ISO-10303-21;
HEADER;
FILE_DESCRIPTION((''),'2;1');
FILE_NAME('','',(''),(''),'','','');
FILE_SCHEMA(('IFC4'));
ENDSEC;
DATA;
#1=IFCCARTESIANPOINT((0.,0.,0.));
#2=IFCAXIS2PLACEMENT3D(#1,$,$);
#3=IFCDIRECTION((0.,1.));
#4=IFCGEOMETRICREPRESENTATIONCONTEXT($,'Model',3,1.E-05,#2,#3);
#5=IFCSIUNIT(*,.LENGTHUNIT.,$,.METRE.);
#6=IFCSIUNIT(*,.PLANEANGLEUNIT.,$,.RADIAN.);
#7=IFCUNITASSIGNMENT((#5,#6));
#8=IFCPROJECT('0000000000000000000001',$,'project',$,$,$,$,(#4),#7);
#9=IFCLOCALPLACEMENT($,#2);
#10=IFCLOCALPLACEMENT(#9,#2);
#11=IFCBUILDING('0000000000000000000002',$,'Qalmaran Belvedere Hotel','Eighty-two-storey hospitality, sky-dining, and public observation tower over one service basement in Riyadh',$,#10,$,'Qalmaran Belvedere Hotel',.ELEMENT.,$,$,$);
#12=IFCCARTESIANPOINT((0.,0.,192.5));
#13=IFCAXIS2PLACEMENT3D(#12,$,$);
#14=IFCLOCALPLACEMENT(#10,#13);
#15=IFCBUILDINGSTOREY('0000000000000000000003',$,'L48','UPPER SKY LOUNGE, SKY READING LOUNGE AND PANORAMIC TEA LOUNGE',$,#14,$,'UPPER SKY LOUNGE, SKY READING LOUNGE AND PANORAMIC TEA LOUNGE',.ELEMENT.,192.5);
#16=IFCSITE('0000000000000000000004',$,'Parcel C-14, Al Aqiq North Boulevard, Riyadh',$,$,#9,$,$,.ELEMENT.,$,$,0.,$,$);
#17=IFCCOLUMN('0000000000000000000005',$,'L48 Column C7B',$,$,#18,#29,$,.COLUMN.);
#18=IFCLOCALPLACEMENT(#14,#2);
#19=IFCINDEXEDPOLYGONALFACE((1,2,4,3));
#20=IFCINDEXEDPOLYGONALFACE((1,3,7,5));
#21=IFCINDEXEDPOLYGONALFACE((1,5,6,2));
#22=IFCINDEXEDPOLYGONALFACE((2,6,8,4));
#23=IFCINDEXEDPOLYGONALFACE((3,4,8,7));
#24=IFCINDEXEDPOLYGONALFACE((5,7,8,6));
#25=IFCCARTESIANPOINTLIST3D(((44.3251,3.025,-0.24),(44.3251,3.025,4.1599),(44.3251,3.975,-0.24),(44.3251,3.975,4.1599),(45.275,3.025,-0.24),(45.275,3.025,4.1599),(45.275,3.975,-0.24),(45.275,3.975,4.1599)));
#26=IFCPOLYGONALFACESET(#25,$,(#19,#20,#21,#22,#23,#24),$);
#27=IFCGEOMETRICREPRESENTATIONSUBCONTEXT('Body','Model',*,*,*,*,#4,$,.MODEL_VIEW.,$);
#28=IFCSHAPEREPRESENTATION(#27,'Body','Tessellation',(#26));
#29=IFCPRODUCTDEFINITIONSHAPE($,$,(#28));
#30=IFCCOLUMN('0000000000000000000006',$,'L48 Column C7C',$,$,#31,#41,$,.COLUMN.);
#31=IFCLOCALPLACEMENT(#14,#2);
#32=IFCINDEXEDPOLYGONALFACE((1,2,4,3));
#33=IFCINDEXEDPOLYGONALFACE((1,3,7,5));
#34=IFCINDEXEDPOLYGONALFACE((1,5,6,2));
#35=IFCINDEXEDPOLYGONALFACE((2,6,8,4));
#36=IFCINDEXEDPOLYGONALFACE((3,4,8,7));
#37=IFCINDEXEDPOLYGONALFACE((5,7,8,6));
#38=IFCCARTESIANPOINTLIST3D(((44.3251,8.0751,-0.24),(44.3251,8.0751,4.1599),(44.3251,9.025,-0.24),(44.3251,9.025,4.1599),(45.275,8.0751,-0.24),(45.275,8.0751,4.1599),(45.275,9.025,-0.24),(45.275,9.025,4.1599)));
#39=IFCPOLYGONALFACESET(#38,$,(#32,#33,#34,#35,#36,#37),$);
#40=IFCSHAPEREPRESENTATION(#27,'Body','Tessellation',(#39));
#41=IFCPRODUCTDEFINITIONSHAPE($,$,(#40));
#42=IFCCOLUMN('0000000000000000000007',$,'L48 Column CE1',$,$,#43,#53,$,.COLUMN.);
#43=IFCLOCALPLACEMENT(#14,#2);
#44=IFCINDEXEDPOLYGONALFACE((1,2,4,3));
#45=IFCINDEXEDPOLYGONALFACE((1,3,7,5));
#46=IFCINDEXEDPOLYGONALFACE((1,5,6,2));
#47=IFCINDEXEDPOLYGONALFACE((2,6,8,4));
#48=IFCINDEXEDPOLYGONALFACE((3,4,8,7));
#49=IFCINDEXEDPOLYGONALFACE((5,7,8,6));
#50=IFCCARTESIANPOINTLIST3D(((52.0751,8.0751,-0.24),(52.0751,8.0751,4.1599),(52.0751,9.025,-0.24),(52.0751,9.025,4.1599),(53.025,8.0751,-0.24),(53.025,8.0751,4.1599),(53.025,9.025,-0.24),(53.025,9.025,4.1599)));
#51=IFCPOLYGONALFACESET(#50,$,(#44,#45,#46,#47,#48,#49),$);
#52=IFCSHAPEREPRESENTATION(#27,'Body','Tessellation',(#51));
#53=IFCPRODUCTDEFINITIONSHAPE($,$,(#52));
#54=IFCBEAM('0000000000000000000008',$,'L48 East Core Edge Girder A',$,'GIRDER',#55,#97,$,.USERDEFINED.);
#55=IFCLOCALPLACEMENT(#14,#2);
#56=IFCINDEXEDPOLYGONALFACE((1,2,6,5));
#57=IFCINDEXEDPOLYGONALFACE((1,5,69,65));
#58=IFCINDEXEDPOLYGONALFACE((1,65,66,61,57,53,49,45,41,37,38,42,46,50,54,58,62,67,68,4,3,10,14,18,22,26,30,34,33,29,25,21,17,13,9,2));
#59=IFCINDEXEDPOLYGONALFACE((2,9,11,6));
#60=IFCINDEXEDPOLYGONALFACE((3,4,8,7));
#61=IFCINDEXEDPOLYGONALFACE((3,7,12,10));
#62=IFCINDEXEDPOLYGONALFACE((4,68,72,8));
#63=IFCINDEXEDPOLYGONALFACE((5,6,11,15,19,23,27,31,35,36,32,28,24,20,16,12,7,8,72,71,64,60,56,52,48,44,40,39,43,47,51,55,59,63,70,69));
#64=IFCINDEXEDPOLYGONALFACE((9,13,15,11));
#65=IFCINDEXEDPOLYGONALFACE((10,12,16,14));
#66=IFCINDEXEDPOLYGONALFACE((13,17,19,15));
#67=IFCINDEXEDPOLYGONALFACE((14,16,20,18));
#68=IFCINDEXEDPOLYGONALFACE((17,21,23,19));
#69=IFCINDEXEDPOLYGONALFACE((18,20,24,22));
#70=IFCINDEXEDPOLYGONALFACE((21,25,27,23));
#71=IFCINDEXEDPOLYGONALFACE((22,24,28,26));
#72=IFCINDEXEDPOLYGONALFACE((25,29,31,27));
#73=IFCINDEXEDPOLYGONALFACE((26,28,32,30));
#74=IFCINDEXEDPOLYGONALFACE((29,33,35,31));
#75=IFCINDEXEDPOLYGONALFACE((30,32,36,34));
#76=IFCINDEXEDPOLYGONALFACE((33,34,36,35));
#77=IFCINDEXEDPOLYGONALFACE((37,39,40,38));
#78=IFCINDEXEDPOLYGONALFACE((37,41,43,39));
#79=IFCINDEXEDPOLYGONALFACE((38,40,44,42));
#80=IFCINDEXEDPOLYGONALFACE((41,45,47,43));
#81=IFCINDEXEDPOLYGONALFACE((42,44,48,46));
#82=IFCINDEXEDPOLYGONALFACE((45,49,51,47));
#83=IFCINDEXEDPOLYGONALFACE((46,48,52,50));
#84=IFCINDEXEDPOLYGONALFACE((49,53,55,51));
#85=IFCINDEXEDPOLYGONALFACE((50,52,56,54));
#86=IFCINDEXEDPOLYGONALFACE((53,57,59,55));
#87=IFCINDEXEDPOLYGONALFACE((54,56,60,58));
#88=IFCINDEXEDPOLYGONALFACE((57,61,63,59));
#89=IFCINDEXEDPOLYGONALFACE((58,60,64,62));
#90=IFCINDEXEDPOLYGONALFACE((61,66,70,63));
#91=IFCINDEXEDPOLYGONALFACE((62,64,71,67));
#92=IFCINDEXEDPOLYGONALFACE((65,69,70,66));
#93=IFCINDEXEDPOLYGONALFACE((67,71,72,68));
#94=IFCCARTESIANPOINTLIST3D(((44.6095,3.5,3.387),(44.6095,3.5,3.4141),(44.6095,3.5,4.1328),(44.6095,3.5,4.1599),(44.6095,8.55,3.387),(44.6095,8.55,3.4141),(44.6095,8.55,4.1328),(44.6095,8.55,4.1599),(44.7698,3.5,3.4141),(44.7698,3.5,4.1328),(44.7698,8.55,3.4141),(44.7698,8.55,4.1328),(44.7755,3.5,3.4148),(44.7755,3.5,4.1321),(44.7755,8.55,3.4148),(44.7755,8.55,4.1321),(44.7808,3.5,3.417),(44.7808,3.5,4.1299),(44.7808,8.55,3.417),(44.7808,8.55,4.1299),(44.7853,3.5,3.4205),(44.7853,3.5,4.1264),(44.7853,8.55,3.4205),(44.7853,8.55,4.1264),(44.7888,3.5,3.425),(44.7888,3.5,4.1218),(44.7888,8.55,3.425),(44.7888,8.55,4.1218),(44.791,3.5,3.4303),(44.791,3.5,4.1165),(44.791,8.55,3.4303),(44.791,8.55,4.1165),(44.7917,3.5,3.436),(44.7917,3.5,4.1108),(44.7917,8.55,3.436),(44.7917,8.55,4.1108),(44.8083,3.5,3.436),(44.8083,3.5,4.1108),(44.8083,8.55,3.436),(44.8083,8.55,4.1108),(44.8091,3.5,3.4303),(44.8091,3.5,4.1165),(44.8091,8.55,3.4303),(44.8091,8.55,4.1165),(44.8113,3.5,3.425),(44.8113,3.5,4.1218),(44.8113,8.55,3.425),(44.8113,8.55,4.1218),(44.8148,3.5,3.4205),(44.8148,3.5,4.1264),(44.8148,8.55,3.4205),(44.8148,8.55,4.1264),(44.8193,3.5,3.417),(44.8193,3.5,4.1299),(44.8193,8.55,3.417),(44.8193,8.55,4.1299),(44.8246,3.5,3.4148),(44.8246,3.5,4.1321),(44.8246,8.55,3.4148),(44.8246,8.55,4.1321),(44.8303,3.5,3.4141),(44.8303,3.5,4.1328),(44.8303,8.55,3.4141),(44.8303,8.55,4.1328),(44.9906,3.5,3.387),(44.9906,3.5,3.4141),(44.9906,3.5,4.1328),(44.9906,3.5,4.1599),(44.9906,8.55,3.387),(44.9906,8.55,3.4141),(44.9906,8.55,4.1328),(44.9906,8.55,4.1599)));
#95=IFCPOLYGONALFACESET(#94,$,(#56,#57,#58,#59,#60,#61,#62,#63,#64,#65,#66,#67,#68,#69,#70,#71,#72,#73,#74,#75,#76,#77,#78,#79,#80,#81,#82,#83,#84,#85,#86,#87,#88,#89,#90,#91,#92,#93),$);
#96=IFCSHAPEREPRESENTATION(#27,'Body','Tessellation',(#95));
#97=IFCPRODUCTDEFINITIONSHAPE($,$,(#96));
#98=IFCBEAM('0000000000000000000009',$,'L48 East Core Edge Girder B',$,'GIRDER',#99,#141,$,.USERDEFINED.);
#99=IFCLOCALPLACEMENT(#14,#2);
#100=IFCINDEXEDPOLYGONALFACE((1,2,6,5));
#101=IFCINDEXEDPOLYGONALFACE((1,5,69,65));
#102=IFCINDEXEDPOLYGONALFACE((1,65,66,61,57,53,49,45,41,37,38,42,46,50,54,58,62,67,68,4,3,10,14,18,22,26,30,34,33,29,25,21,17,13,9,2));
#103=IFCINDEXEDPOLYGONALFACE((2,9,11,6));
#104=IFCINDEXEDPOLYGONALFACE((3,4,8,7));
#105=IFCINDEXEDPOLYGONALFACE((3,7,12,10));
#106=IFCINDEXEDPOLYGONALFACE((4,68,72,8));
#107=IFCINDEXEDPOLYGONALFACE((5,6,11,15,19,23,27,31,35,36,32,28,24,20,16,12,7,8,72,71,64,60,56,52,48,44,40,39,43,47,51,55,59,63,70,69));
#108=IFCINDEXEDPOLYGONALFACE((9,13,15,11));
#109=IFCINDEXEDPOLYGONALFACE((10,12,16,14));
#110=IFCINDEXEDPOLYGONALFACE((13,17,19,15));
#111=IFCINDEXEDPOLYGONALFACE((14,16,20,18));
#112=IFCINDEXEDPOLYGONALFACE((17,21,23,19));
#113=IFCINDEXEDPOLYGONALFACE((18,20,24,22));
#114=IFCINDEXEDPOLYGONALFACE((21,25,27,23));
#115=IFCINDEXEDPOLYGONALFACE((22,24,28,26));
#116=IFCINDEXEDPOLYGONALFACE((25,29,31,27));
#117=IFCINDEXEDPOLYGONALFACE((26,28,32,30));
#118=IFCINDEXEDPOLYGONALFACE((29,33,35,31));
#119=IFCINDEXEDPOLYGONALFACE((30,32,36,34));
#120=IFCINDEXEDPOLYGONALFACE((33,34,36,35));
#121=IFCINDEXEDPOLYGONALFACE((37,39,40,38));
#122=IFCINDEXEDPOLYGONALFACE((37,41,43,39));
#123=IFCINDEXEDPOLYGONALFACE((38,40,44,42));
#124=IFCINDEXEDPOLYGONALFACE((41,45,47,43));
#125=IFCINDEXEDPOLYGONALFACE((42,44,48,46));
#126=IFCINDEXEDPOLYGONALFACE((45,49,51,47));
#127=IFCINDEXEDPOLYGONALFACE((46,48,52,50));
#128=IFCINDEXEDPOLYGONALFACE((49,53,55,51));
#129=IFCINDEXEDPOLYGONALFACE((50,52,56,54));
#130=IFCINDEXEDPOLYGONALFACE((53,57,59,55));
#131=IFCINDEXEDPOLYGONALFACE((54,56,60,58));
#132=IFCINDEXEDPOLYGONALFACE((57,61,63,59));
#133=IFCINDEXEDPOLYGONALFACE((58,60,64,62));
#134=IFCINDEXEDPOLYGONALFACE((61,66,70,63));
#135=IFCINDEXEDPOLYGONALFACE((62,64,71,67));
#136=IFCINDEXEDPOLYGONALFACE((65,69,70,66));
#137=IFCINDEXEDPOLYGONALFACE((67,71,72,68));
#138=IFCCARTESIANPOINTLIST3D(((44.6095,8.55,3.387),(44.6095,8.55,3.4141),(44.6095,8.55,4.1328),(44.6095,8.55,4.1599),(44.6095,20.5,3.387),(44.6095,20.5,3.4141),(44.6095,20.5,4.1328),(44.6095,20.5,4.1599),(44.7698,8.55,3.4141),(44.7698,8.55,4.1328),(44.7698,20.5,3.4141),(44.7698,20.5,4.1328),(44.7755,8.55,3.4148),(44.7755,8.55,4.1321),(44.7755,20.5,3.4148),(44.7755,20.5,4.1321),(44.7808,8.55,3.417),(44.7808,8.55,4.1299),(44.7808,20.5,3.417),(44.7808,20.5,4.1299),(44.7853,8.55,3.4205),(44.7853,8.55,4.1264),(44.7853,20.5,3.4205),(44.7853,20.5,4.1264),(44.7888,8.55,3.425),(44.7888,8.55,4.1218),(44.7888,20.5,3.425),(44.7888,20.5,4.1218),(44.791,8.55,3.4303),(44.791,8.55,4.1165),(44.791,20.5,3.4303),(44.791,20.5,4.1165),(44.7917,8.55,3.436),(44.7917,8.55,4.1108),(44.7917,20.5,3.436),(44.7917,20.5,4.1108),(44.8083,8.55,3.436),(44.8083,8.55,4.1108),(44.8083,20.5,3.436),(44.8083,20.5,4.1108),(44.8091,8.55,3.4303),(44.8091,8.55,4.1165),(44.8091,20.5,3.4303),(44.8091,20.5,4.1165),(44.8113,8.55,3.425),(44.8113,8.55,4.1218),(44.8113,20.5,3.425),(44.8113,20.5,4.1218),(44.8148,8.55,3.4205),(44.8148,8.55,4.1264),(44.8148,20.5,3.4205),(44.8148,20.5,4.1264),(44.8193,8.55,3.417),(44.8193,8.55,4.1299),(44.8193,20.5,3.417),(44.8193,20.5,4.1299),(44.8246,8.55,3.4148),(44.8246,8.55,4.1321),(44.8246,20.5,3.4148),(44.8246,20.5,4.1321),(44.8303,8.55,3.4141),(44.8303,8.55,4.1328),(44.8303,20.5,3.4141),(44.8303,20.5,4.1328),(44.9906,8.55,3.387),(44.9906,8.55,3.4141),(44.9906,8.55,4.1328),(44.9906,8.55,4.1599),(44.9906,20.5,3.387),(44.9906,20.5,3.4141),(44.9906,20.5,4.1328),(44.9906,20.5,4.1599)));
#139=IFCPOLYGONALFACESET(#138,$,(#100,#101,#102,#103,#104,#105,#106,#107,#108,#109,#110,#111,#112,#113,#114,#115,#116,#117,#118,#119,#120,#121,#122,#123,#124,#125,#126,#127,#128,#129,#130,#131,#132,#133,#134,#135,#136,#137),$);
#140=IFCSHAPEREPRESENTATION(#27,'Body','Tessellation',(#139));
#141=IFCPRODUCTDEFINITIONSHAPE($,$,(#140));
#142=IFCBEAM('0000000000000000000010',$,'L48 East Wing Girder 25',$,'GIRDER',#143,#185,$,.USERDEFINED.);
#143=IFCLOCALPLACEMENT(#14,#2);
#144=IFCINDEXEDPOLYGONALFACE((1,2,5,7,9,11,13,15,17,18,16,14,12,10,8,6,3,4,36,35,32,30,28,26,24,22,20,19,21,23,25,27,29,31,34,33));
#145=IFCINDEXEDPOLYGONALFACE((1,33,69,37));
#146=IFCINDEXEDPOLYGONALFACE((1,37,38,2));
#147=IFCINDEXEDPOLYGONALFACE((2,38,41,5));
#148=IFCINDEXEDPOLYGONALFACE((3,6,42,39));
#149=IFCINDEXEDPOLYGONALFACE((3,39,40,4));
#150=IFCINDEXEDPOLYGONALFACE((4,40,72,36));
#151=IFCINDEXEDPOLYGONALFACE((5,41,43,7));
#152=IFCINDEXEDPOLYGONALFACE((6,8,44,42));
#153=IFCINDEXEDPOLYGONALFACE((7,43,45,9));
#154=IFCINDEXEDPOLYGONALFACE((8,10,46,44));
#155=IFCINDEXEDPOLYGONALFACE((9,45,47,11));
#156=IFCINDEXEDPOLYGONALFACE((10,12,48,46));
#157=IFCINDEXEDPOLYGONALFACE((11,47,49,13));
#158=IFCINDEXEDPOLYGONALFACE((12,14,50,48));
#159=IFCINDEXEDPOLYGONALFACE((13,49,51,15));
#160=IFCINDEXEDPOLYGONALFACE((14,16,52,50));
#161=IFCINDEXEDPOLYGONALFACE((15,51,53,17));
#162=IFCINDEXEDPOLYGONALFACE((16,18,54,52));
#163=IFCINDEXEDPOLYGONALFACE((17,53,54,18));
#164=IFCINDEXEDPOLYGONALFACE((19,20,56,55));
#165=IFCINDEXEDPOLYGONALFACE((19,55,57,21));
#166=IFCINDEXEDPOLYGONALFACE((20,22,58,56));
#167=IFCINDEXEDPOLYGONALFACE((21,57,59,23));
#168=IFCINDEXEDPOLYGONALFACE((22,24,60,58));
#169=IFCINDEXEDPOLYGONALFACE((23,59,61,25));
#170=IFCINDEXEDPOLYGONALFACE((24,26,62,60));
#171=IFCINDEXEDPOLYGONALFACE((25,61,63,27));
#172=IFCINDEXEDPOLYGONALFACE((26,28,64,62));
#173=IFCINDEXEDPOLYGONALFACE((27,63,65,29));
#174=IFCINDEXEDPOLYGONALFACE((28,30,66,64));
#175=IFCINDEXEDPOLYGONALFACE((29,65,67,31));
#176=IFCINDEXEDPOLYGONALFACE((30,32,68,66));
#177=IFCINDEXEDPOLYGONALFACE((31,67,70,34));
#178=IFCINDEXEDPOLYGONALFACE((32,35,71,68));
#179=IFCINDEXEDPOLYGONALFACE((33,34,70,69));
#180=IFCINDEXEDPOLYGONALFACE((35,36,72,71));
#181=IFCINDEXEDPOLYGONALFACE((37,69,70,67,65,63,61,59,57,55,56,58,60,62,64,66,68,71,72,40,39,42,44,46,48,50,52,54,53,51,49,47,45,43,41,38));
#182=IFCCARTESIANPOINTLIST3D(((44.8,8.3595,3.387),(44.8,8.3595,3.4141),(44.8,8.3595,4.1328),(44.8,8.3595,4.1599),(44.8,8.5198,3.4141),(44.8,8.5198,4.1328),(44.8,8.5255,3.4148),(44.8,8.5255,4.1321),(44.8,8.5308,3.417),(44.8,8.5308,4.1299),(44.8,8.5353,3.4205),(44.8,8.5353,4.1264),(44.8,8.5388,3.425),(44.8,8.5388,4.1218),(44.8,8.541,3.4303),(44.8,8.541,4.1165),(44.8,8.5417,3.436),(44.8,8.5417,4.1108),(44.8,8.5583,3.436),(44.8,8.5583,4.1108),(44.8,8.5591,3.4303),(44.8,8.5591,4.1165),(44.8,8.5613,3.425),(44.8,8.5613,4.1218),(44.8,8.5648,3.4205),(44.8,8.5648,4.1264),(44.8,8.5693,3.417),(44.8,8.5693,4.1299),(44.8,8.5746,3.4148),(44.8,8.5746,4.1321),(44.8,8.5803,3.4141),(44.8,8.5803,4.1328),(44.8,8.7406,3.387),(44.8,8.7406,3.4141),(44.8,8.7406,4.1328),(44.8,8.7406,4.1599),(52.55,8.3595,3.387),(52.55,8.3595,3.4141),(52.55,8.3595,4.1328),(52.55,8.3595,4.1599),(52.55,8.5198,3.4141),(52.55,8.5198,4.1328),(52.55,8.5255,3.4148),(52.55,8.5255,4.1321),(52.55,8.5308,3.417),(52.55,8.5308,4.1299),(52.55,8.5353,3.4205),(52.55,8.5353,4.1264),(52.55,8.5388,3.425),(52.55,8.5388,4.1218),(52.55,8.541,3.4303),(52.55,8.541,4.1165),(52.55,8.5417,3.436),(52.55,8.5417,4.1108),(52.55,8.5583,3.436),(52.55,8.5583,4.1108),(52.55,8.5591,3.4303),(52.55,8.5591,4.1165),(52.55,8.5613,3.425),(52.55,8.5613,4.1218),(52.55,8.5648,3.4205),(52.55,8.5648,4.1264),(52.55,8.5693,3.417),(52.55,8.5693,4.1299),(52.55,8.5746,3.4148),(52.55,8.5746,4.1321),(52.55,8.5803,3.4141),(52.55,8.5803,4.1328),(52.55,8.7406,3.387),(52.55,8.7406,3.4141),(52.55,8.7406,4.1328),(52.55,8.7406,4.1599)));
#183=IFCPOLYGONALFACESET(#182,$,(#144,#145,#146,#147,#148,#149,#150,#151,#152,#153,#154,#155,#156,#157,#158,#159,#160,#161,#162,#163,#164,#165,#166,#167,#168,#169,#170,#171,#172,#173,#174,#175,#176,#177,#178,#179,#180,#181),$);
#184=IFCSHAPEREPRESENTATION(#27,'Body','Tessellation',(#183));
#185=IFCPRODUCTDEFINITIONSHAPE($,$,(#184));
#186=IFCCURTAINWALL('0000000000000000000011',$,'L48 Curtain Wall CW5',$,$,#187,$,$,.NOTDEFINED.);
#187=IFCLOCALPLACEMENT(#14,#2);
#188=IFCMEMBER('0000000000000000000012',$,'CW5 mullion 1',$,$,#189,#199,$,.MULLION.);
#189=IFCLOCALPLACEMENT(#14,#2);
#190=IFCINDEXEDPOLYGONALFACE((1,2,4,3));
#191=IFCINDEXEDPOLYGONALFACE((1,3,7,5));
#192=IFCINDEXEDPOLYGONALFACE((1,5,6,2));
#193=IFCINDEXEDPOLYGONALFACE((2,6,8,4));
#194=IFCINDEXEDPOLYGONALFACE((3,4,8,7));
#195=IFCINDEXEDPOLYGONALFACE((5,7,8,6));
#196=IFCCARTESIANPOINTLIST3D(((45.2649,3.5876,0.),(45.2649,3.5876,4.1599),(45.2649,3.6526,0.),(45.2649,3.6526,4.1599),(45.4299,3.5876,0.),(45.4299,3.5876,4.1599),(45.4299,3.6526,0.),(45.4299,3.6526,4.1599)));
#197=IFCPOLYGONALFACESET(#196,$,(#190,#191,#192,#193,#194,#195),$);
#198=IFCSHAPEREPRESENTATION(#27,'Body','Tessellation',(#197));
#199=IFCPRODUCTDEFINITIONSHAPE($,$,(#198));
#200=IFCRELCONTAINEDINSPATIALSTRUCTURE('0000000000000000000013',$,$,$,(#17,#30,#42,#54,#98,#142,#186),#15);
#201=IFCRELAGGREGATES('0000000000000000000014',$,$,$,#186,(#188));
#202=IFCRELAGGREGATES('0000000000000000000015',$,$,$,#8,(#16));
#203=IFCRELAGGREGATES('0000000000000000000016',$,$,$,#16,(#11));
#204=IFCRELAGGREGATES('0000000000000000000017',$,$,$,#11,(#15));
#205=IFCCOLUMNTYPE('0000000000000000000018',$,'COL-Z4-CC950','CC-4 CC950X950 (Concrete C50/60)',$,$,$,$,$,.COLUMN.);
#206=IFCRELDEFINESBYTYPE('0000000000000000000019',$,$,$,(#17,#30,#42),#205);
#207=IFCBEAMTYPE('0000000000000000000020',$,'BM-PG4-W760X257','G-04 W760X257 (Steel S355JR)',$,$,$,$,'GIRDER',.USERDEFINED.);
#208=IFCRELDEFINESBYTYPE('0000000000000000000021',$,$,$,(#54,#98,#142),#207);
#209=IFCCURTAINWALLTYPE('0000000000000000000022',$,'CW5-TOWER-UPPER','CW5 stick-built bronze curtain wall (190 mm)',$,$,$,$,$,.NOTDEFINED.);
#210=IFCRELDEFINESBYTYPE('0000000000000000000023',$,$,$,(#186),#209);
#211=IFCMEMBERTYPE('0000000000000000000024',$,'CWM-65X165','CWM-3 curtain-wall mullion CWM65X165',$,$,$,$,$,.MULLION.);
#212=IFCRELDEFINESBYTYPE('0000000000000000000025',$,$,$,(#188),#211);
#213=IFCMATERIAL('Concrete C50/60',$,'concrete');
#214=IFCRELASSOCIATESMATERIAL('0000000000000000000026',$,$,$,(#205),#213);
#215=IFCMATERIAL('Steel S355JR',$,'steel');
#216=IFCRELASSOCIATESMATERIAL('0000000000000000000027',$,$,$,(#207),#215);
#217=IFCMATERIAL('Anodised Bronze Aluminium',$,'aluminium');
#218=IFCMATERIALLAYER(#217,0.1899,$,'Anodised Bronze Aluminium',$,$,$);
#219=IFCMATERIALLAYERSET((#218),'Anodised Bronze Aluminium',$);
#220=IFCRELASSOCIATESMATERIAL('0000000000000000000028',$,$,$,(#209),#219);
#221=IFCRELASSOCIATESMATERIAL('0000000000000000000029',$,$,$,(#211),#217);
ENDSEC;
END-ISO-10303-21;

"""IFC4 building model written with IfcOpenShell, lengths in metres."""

from ifc_helpers import new_model, si_unit, direction, frame, origin, origin_2d, place, context, subcontext, project, spatial, rectangle, i_section, extrude, material, layer, layer_set, material_profile, profile_set, type_object, element, aggregate, save


model = new_model("IFC4")

# Units and contexts
model_context = context("Model", 3, precision=1e-05, world=origin(), true_north=direction((0.0, 1.0)))
body_context = subcontext(model_context, "Body", "Model", "MODEL_VIEW")
ifc_project = project(units=[si_unit("LENGTHUNIT", "METRE"), si_unit("PLANEANGLEUNIT", "RADIAN")], contexts=[model_context])

# Site, building, storey
site_placement = place(None, origin())
site = spatial("IfcSite", under=ifc_project, at=site_placement, Name="Parcel C-14, Al Aqiq North Boulevard, Riyadh", CompositionType="ELEMENT", RefElevation=0.0)
building_placement = place(site_placement, origin())
building = spatial("IfcBuilding", under=site, at=building_placement, Name="Qalmaran Belvedere Hotel", Description="Eighty-two-storey hospitality, sky-dining, and public observation tower over one service basement in Riyadh", LongName="Qalmaran Belvedere Hotel", CompositionType="ELEMENT")
storey_placement = place(building_placement, frame((0.0, 0.0, 192.5)))
storey = spatial("IfcBuildingStorey", under=building, at=storey_placement, Name="L48", Description="UPPER SKY LOUNGE, SKY READING LOUNGE AND PANORAMIC TEA LOUNGE", LongName="UPPER SKY LOUNGE, SKY READING LOUNGE AND PANORAMIC TEA LOUNGE", CompositionType="ELEMENT", Elevation=192.5)

# Columns
ifc_material_1 = material(Name="Concrete C50/60", Category="concrete")
ifc_material_profile_1 = material_profile(ifc_material_1, rectangle(XDim=0.95, YDim=0.95, at=origin_2d()), Name="CC950X950")
ifc_profile_set_1 = profile_set([ifc_material_profile_1], Name="Concrete C50/60")
column_type = type_object("IfcColumnType", Name="COL-Z4-CC950", Description="CC-4 CC950X950 (Concrete C50/60)", PredefinedType="COLUMN", material=ifc_profile_set_1)
for number, where, z_axis, x_axis, name in (
    (1, (44.8, 3.5, -0.24), (0.0, 0.0, 1.0), (1.0, 0.0, 0.0), "L48 Column C7B"),
    (2, (44.8, 8.55, -0.24), (0.0, 0.0, 1.0), (1.0, 0.0, 0.0), "L48 Column C7C"),
    (3, (52.55, 8.55, -0.24), (0.0, 0.0, 1.0), (1.0, 0.0, 0.0), "L48 Column CE1"),
):
    element("IfcColumn", number, at=place(storey_placement, frame(where, z_axis=z_axis, x_axis=x_axis)), inside=storey, type_object=column_type, Name=name, PredefinedType="COLUMN", context=body_context, shape_type="SweptSolid", body=[
        extrude(rectangle(XDim=0.95, YDim=0.95, at=origin_2d()), origin(), (0.0, 0.0, 1.0), 4.3999),
    ])

# Beams
ifc_material_2 = material(Name="Steel S355JR", Category="steel")
ifc_material_profile_2 = material_profile(ifc_material_2, i_section(OverallWidth=0.3811, OverallDepth=0.7729, WebThickness=0.0166, FlangeThickness=0.0271, FilletRadius=0.022, at=origin_2d()), Name="W760X257")
ifc_profile_set_2 = profile_set([ifc_material_profile_2], Name="Steel S355JR")
beam_type = type_object("IfcBeamType", Name="BM-PG4-W760X257", Description="G-04 W760X257 (Steel S355JR)", ElementType="GIRDER", PredefinedType="USERDEFINED", material=ifc_profile_set_2)
beam_1_placement = place(storey_placement, frame((44.8, 3.5, 3.7734), z_axis=(0.0, 1.0, 0.0), x_axis=(-1.0, 0.0, 0.0)))
element("IfcBeam", 4, at=beam_1_placement, inside=storey, type_object=beam_type, Name="L48 East Core Edge Girder A", ObjectType="GIRDER", PredefinedType="USERDEFINED", context=body_context, shape_type="SweptSolid", body=[
    extrude(i_section(OverallWidth=0.3811, OverallDepth=0.7729, WebThickness=0.0166, FlangeThickness=0.0271, FilletRadius=0.022, at=origin_2d()), origin(), (0.0, 0.0, 1.0), 5.05),
])
beam_2_placement = place(storey_placement, frame((44.8, 8.55, 3.7734), z_axis=(0.0, 1.0, 0.0), x_axis=(-1.0, 0.0, 0.0)))
element("IfcBeam", 5, at=beam_2_placement, inside=storey, type_object=beam_type, Name="L48 East Core Edge Girder B", ObjectType="GIRDER", PredefinedType="USERDEFINED", context=body_context, shape_type="SweptSolid", body=[
    extrude(i_section(OverallWidth=0.3811, OverallDepth=0.7729, WebThickness=0.0166, FlangeThickness=0.0271, FilletRadius=0.022, at=origin_2d()), origin(), (0.0, 0.0, 1.0), 11.95),
])
beam_3_placement = place(storey_placement, frame((44.8, 8.55, 3.7734), z_axis=(1.0, 0.0, 0.0), x_axis=(0.0, 1.0, 0.0)))
element("IfcBeam", 6, at=beam_3_placement, inside=storey, type_object=beam_type, Name="L48 East Wing Girder 25", ObjectType="GIRDER", PredefinedType="USERDEFINED", context=body_context, shape_type="SweptSolid", body=[
    extrude(i_section(OverallWidth=0.3811, OverallDepth=0.7729, WebThickness=0.0166, FlangeThickness=0.0271, FilletRadius=0.022, at=origin_2d()), origin(), (0.0, 0.0, 1.0), 7.75),
])

# Curtain wall, member
ifc_material_3 = material(Name="Anodised Bronze Aluminium", Category="aluminium")
ifc_layer_1 = layer(ifc_material_3, 0.1899, Name="Anodised Bronze Aluminium")
ifc_layer_set_1 = layer_set([ifc_layer_1], Name="Anodised Bronze Aluminium")
curtain_wall_type = type_object("IfcCurtainWallType", Name="CW5-TOWER-UPPER", Description="CW5 stick-built bronze curtain wall (190 mm)", PredefinedType="NOTDEFINED", material=ifc_layer_set_1)
curtain_wall_1_placement = place(storey_placement, origin())
curtain_wall_1 = element("IfcCurtainWall", 7, at=curtain_wall_1_placement, inside=storey, type_object=curtain_wall_type, Name="L48 Curtain Wall CW5", PredefinedType="NOTDEFINED")
ifc_material_profile_3 = material_profile(ifc_material_3, rectangle(XDim=0.0649, YDim=0.165, at=origin_2d()), Name="CWM65X165")
ifc_profile_set_3 = profile_set([ifc_material_profile_3], Name="Anodised Bronze Aluminium")
member_type_1 = type_object("IfcMemberType", Name="CWM-65X165", Description="CWM-3 curtain-wall mullion CWM65X165", PredefinedType="MULLION", material=ifc_profile_set_3)
member_1_placement = place(storey_placement, frame((45.3474, 3.6201, 0.0), z_axis=(0.0, 0.0, 1.0), x_axis=(0.0, 1.0, 0.0)))
member_1 = element("IfcMember", 8, at=member_1_placement, type_object=member_type_1, Name="CW5 mullion 1", PredefinedType="MULLION", context=body_context, shape_type="SweptSolid", body=[
    extrude(rectangle(XDim=0.0649, YDim=0.165, at=origin_2d()), origin(), (0.0, 0.0, 1.0), 4.1599),
])

aggregate(curtain_wall_1, [member_1])

save(model, "model.ifc")
